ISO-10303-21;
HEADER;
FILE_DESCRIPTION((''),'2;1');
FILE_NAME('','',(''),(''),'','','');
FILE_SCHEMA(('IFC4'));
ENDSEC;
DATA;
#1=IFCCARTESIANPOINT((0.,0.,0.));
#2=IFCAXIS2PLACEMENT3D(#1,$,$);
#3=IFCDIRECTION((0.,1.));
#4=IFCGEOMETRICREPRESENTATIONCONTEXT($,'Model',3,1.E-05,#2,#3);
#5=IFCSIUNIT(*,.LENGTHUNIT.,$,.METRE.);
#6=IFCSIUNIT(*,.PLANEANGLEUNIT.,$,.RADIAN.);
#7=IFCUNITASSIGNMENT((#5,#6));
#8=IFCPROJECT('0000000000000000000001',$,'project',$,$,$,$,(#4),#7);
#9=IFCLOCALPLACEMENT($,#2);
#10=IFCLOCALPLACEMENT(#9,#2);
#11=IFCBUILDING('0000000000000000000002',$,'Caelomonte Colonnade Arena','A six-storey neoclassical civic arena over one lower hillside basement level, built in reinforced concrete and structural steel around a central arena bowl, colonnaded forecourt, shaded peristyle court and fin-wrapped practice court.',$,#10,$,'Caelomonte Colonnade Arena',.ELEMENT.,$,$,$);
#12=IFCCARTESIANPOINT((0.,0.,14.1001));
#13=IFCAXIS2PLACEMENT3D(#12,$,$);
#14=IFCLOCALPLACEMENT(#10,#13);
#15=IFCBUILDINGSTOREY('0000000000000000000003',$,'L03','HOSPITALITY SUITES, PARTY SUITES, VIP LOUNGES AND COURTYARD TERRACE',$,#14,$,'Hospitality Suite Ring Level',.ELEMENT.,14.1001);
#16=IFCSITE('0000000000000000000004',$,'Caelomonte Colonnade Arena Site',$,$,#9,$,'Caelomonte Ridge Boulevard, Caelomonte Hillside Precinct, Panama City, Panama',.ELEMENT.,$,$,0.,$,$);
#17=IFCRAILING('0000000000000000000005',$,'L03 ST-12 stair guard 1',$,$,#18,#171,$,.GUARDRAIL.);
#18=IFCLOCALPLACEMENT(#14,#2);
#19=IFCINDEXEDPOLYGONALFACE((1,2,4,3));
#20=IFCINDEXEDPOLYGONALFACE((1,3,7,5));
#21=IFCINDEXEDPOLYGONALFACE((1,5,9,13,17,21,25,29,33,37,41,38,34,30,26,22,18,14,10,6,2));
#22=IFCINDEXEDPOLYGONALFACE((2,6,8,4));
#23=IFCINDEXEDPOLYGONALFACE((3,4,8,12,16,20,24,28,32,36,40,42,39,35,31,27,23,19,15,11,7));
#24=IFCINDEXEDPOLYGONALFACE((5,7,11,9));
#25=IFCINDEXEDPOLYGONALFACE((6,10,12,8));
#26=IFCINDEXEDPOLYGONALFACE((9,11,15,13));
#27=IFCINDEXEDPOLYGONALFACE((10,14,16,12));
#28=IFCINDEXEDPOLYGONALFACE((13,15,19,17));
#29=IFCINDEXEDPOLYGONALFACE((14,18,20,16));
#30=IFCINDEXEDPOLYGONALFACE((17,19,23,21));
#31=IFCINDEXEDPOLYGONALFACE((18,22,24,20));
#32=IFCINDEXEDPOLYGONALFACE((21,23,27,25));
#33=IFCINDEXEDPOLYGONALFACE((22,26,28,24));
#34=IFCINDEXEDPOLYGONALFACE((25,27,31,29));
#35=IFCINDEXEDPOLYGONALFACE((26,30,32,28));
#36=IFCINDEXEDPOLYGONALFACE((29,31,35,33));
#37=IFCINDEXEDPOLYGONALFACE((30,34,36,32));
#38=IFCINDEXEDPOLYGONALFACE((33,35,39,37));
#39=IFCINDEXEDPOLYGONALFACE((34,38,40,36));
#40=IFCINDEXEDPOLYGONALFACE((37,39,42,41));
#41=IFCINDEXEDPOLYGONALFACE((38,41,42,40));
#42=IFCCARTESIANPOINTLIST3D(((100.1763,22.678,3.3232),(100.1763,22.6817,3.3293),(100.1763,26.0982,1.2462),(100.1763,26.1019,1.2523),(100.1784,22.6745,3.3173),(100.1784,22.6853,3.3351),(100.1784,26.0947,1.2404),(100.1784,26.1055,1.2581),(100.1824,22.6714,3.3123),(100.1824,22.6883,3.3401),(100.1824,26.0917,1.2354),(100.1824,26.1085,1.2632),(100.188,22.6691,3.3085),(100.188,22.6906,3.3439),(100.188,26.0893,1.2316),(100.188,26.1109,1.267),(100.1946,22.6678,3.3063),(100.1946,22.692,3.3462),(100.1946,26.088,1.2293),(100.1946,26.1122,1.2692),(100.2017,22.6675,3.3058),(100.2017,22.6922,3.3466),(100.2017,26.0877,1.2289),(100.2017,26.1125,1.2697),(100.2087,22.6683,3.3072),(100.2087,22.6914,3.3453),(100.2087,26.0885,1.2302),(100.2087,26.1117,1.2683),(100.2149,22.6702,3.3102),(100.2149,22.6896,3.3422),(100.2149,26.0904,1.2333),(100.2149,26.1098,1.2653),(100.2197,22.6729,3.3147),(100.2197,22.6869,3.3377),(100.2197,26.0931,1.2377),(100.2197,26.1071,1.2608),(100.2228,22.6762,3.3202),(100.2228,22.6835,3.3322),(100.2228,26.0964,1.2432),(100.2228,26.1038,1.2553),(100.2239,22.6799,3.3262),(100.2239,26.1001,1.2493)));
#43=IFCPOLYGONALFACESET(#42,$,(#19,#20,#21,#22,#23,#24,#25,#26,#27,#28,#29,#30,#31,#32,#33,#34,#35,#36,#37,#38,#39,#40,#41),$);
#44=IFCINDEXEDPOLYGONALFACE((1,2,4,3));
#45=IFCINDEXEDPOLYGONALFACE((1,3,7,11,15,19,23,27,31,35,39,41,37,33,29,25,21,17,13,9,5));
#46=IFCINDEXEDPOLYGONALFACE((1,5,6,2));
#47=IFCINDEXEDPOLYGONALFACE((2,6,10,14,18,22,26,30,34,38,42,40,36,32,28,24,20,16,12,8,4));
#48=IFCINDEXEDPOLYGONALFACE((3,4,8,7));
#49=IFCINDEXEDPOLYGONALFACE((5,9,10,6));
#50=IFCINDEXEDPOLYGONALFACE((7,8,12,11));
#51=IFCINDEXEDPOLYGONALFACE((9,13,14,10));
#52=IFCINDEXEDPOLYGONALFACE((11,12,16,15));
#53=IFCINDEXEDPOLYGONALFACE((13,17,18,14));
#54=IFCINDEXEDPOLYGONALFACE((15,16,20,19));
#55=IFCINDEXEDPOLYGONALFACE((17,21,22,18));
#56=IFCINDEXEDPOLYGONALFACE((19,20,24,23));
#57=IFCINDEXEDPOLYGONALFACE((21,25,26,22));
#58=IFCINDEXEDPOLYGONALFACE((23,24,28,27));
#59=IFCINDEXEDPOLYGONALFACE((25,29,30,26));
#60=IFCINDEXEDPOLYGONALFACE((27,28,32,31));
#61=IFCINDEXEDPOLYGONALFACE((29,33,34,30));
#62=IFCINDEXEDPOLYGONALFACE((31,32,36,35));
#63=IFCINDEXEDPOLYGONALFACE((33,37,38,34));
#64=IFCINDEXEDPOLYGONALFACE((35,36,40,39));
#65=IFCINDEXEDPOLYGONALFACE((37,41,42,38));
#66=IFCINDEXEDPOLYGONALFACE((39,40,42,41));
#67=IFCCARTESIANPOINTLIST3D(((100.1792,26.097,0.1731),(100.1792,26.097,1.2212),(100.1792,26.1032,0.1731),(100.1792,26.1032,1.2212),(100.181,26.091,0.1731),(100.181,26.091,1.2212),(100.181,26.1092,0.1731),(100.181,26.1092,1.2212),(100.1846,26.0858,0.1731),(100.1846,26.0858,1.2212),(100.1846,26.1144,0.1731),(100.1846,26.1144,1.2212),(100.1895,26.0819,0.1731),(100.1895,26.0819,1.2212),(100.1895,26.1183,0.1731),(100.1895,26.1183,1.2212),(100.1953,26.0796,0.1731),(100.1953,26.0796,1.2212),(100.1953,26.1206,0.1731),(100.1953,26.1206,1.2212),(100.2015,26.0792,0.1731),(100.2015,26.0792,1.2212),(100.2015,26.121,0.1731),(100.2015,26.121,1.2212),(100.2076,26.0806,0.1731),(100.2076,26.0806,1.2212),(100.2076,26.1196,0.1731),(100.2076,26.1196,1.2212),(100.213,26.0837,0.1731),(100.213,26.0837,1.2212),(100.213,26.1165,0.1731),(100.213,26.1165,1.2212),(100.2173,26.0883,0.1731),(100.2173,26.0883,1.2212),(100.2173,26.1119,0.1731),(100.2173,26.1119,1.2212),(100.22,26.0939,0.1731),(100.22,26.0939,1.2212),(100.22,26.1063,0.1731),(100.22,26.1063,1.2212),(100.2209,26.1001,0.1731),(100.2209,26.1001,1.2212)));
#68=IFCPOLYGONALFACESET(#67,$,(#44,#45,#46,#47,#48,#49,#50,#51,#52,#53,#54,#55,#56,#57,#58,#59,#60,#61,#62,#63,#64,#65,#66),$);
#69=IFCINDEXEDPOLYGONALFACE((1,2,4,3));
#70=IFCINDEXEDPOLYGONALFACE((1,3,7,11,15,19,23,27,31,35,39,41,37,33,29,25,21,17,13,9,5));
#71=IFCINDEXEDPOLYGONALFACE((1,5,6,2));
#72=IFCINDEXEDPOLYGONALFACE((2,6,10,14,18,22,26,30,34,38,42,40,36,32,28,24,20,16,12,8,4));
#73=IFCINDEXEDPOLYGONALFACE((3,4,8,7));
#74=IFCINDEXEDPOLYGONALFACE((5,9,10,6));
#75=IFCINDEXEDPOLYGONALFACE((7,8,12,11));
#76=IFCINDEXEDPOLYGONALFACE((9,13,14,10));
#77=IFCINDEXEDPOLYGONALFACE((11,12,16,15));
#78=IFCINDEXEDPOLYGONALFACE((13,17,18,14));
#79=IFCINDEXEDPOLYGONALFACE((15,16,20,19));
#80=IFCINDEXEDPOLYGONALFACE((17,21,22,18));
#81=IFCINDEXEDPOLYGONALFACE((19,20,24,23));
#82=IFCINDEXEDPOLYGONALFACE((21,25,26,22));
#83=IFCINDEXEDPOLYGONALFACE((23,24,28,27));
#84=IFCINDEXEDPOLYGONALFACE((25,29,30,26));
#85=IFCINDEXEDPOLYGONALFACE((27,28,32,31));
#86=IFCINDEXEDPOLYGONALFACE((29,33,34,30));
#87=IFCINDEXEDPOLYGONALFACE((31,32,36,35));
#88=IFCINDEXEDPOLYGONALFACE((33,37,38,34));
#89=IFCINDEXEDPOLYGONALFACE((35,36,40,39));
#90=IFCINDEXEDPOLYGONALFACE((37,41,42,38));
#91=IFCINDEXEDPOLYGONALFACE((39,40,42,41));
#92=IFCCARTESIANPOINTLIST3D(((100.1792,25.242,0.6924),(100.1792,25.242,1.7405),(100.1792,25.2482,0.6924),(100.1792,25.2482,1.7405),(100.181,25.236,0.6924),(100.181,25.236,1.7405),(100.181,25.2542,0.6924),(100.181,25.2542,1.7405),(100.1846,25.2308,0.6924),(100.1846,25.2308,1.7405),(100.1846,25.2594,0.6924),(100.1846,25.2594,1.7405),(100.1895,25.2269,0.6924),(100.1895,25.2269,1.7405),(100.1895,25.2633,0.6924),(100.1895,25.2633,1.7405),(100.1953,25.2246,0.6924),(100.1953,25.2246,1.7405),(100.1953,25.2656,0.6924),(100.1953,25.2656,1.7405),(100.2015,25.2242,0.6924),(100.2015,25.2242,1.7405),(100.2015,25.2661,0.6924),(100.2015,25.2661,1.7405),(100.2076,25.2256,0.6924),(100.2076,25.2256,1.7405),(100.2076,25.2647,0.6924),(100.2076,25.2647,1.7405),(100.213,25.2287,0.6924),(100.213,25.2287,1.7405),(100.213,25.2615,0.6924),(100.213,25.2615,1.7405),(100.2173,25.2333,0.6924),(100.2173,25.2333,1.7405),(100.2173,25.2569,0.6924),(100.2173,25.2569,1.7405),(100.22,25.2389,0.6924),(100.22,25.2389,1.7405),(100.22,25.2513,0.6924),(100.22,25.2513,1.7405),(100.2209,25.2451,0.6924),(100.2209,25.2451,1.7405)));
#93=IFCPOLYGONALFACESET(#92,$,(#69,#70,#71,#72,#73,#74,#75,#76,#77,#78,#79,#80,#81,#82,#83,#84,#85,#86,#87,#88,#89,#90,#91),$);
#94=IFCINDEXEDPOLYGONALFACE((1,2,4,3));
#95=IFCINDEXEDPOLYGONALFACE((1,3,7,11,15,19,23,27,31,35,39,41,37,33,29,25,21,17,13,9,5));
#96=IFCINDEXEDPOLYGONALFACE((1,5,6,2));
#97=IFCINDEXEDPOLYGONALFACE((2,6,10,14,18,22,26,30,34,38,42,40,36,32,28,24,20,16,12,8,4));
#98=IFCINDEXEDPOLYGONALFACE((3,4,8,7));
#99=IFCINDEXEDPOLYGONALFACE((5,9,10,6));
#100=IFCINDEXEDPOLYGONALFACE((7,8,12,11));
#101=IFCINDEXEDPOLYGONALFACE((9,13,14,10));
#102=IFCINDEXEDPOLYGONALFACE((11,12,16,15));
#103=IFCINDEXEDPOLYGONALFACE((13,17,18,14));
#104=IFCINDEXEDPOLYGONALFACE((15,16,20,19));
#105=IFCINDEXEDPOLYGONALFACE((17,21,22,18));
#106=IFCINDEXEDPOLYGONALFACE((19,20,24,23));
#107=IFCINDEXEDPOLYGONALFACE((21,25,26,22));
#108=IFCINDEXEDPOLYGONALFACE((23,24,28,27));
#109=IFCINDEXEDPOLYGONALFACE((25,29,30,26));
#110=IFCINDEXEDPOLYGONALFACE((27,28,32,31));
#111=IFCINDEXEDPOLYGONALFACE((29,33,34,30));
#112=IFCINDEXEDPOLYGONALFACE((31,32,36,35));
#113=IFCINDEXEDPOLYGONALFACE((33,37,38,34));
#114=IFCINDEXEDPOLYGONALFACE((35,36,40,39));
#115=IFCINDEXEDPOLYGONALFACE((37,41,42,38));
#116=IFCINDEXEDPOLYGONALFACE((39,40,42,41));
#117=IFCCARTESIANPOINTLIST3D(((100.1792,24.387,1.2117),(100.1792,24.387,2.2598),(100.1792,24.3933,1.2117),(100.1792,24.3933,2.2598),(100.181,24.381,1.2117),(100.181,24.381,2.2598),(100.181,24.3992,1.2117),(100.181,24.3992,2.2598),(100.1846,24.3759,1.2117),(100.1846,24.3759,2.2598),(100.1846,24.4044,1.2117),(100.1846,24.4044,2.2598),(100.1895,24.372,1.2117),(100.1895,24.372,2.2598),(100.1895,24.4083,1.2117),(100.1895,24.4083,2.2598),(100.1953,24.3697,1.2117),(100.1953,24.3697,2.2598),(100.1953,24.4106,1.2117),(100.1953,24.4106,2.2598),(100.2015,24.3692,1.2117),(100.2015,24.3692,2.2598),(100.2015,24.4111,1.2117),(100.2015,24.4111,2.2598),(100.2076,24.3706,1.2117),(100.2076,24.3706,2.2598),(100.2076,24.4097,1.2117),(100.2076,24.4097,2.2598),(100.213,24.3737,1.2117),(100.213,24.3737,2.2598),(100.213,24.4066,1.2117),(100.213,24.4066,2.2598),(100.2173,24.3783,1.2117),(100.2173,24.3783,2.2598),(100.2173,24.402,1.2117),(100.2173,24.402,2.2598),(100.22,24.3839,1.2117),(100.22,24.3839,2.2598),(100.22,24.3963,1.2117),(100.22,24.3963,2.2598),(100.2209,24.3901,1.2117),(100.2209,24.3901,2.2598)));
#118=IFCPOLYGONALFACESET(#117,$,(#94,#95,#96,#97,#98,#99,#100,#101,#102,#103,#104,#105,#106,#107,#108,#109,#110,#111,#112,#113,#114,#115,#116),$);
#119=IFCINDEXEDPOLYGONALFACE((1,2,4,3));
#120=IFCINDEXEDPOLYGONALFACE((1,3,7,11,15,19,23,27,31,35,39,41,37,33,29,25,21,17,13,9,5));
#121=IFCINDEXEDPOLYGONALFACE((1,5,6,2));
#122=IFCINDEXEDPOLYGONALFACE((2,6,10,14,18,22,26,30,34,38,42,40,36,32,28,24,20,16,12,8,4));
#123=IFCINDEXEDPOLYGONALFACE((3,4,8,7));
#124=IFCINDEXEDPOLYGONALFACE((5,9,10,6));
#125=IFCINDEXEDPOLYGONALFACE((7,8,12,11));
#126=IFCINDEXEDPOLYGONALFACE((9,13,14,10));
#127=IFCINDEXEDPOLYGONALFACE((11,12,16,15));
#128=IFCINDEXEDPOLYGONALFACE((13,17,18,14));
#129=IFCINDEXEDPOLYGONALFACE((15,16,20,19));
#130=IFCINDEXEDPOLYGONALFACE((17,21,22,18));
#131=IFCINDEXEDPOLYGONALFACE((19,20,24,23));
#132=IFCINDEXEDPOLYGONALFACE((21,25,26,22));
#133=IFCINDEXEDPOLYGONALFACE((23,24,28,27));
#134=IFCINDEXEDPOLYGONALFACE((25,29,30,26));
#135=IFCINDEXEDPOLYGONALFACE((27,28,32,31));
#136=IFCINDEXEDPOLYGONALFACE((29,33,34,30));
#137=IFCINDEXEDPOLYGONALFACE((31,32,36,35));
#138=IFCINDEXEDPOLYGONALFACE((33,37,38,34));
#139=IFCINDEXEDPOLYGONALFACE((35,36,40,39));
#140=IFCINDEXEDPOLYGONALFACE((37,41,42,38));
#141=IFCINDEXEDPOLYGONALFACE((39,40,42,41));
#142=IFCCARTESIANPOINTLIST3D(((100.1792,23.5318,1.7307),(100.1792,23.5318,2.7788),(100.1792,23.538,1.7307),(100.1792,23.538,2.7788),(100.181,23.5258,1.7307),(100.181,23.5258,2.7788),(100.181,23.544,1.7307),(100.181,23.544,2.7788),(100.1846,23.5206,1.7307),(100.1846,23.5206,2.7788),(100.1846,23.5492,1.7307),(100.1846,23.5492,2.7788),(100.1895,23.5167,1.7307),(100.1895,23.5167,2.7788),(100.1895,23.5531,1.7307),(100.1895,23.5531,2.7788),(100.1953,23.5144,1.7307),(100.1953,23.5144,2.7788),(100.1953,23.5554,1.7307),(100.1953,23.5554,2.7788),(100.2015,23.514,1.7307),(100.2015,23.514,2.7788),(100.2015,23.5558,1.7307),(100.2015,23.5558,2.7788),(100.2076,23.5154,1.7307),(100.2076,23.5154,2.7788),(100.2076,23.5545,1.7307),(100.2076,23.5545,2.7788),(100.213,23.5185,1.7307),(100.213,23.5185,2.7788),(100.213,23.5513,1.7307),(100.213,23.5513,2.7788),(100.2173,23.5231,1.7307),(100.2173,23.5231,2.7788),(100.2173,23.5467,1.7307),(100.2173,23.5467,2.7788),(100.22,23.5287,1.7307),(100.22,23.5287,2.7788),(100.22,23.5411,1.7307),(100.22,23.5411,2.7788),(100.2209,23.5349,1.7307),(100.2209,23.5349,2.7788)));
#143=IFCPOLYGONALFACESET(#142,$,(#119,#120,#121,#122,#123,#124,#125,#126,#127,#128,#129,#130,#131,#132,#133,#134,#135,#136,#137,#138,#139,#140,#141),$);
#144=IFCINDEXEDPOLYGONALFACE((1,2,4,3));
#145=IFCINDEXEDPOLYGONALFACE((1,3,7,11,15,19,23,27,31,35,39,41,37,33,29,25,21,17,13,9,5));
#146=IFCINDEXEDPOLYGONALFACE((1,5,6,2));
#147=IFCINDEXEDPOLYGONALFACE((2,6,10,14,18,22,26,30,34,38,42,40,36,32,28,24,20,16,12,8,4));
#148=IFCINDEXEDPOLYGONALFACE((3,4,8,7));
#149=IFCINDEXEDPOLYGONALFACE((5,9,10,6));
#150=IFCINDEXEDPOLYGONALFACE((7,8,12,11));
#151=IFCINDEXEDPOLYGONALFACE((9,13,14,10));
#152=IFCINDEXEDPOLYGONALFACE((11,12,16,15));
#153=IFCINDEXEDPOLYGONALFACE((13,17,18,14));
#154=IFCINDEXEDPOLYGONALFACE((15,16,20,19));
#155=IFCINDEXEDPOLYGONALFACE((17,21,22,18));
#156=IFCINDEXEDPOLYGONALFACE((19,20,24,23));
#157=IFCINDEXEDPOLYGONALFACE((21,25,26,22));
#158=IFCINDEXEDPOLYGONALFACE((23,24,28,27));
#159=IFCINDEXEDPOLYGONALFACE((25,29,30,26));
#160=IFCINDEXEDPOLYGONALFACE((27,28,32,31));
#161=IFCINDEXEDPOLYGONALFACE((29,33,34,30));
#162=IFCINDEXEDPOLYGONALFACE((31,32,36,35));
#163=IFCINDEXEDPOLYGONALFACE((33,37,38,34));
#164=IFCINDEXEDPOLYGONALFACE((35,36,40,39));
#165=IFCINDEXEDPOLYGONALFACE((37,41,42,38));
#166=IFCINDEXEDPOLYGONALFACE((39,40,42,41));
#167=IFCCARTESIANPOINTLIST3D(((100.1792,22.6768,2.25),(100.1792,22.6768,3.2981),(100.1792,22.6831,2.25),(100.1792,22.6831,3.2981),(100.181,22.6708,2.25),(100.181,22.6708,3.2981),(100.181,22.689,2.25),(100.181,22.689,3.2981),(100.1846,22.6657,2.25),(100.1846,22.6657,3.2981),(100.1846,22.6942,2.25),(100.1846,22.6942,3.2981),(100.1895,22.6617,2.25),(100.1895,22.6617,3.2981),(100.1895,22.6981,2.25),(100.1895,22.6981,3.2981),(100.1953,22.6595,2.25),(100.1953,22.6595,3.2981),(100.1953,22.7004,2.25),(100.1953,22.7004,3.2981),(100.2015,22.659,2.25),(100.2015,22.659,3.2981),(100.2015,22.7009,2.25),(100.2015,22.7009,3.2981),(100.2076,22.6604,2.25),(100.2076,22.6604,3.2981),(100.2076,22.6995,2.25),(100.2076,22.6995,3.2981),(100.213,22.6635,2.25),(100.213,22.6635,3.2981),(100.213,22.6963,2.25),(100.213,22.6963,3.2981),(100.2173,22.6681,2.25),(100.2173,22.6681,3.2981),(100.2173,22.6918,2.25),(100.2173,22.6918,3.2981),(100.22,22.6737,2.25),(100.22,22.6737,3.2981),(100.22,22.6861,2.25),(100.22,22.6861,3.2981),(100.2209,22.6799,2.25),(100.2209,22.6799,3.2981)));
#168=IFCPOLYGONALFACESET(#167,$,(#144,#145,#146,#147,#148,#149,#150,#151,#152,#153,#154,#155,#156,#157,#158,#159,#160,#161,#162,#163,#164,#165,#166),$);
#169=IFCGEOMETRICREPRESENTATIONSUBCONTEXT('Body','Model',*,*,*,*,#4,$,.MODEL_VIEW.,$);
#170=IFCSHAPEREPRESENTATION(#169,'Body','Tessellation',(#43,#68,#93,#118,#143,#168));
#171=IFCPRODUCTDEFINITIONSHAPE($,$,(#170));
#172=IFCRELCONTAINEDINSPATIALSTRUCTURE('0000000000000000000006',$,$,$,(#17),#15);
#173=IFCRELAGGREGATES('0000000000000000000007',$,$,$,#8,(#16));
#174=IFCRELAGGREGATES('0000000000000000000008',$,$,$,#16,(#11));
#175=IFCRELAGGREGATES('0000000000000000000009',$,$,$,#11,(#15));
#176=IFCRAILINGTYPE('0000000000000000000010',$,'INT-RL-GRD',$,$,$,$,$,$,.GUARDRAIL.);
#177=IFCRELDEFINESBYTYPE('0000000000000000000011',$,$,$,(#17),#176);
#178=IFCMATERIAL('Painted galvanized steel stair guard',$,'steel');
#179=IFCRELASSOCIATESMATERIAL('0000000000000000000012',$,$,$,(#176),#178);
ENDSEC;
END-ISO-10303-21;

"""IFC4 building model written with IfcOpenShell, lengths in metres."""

from ifc_helpers import new_model, si_unit, direction, frame, origin, origin_2d, place, context, subcontext, project, spatial, circle, extrude, material, type_object, element, save


model = new_model("IFC4")

# Units and contexts
model_context = context("Model", 3, precision=1e-05, world=origin(), true_north=direction((0.0, 1.0)))
body_context = subcontext(model_context, "Body", "Model", "MODEL_VIEW")
ifc_project = project(units=[si_unit("LENGTHUNIT", "METRE"), si_unit("PLANEANGLEUNIT", "RADIAN")], contexts=[model_context])

# Site, building, storey
site_placement = place(None, origin())
site = spatial("IfcSite", under=ifc_project, at=site_placement, Name="Caelomonte Colonnade Arena Site", LongName="Caelomonte Ridge Boulevard, Caelomonte Hillside Precinct, Panama City, Panama", CompositionType="ELEMENT", RefElevation=0.0)
building_placement = place(site_placement, origin())
building = spatial("IfcBuilding", under=site, at=building_placement, Name="Caelomonte Colonnade Arena", Description="A six-storey neoclassical civic arena over one lower hillside basement level, built in reinforced concrete and structural steel around a central arena bowl, colonnaded forecourt, shaded peristyle court and fin-wrapped practice court.", LongName="Caelomonte Colonnade Arena", CompositionType="ELEMENT")
storey_placement = place(building_placement, frame((0.0, 0.0, 14.1001)))
storey = spatial("IfcBuildingStorey", under=building, at=storey_placement, Name="L03", Description="HOSPITALITY SUITES, PARTY SUITES, VIP LOUNGES AND COURTYARD TERRACE", LongName="Hospitality Suite Ring Level", CompositionType="ELEMENT", Elevation=14.1001)

# Railing
ifc_material_1 = material(Name="Painted galvanized steel stair guard", Category="steel")
railing_type_1 = type_object("IfcRailingType", Name="INT-RL-GRD", PredefinedType="GUARDRAIL", material=ifc_material_1)
railing_1_placement = place(storey_placement, frame((100.2, 26.1001, 0.1731)))
element("IfcRailing", 1, at=railing_1_placement, inside=storey, type_object=railing_type_1, Name="L03 ST-12 stair guard 1", PredefinedType="GUARDRAIL", context=body_context, shape_type="SweptSolid", body=[
    extrude(circle(Radius=0.0239, at=origin_2d()), frame((0.0, 0.0, 1.0762), z_axis=(0.0, -0.854746, 0.519047), x_axis=(1.0, 0.0, 0.0)), (0.0, 0.0, 1.0), 4.0015),
    extrude(circle(Radius=0.021, at=origin_2d()), origin(), (0.0, 0.0, 1.0), 1.0481),
    extrude(circle(Radius=0.021, at=origin_2d()), frame((0.0, -0.855, 0.5193)), (0.0, 0.0, 1.0), 1.0481),
    extrude(circle(Radius=0.021, at=origin_2d()), frame((0.0, -1.71, 1.0386)), (0.0, 0.0, 1.0), 1.0481),
    extrude(circle(Radius=0.021, at=origin_2d()), frame((0.0, -2.5652, 1.5576)), (0.0, 0.0, 1.0), 1.0481),
    extrude(circle(Radius=0.021, at=origin_2d()), frame((0.0, -3.4202, 2.0769)), (0.0, 0.0, 1.0), 1.0481),
])

save(model, "model.ifc")
